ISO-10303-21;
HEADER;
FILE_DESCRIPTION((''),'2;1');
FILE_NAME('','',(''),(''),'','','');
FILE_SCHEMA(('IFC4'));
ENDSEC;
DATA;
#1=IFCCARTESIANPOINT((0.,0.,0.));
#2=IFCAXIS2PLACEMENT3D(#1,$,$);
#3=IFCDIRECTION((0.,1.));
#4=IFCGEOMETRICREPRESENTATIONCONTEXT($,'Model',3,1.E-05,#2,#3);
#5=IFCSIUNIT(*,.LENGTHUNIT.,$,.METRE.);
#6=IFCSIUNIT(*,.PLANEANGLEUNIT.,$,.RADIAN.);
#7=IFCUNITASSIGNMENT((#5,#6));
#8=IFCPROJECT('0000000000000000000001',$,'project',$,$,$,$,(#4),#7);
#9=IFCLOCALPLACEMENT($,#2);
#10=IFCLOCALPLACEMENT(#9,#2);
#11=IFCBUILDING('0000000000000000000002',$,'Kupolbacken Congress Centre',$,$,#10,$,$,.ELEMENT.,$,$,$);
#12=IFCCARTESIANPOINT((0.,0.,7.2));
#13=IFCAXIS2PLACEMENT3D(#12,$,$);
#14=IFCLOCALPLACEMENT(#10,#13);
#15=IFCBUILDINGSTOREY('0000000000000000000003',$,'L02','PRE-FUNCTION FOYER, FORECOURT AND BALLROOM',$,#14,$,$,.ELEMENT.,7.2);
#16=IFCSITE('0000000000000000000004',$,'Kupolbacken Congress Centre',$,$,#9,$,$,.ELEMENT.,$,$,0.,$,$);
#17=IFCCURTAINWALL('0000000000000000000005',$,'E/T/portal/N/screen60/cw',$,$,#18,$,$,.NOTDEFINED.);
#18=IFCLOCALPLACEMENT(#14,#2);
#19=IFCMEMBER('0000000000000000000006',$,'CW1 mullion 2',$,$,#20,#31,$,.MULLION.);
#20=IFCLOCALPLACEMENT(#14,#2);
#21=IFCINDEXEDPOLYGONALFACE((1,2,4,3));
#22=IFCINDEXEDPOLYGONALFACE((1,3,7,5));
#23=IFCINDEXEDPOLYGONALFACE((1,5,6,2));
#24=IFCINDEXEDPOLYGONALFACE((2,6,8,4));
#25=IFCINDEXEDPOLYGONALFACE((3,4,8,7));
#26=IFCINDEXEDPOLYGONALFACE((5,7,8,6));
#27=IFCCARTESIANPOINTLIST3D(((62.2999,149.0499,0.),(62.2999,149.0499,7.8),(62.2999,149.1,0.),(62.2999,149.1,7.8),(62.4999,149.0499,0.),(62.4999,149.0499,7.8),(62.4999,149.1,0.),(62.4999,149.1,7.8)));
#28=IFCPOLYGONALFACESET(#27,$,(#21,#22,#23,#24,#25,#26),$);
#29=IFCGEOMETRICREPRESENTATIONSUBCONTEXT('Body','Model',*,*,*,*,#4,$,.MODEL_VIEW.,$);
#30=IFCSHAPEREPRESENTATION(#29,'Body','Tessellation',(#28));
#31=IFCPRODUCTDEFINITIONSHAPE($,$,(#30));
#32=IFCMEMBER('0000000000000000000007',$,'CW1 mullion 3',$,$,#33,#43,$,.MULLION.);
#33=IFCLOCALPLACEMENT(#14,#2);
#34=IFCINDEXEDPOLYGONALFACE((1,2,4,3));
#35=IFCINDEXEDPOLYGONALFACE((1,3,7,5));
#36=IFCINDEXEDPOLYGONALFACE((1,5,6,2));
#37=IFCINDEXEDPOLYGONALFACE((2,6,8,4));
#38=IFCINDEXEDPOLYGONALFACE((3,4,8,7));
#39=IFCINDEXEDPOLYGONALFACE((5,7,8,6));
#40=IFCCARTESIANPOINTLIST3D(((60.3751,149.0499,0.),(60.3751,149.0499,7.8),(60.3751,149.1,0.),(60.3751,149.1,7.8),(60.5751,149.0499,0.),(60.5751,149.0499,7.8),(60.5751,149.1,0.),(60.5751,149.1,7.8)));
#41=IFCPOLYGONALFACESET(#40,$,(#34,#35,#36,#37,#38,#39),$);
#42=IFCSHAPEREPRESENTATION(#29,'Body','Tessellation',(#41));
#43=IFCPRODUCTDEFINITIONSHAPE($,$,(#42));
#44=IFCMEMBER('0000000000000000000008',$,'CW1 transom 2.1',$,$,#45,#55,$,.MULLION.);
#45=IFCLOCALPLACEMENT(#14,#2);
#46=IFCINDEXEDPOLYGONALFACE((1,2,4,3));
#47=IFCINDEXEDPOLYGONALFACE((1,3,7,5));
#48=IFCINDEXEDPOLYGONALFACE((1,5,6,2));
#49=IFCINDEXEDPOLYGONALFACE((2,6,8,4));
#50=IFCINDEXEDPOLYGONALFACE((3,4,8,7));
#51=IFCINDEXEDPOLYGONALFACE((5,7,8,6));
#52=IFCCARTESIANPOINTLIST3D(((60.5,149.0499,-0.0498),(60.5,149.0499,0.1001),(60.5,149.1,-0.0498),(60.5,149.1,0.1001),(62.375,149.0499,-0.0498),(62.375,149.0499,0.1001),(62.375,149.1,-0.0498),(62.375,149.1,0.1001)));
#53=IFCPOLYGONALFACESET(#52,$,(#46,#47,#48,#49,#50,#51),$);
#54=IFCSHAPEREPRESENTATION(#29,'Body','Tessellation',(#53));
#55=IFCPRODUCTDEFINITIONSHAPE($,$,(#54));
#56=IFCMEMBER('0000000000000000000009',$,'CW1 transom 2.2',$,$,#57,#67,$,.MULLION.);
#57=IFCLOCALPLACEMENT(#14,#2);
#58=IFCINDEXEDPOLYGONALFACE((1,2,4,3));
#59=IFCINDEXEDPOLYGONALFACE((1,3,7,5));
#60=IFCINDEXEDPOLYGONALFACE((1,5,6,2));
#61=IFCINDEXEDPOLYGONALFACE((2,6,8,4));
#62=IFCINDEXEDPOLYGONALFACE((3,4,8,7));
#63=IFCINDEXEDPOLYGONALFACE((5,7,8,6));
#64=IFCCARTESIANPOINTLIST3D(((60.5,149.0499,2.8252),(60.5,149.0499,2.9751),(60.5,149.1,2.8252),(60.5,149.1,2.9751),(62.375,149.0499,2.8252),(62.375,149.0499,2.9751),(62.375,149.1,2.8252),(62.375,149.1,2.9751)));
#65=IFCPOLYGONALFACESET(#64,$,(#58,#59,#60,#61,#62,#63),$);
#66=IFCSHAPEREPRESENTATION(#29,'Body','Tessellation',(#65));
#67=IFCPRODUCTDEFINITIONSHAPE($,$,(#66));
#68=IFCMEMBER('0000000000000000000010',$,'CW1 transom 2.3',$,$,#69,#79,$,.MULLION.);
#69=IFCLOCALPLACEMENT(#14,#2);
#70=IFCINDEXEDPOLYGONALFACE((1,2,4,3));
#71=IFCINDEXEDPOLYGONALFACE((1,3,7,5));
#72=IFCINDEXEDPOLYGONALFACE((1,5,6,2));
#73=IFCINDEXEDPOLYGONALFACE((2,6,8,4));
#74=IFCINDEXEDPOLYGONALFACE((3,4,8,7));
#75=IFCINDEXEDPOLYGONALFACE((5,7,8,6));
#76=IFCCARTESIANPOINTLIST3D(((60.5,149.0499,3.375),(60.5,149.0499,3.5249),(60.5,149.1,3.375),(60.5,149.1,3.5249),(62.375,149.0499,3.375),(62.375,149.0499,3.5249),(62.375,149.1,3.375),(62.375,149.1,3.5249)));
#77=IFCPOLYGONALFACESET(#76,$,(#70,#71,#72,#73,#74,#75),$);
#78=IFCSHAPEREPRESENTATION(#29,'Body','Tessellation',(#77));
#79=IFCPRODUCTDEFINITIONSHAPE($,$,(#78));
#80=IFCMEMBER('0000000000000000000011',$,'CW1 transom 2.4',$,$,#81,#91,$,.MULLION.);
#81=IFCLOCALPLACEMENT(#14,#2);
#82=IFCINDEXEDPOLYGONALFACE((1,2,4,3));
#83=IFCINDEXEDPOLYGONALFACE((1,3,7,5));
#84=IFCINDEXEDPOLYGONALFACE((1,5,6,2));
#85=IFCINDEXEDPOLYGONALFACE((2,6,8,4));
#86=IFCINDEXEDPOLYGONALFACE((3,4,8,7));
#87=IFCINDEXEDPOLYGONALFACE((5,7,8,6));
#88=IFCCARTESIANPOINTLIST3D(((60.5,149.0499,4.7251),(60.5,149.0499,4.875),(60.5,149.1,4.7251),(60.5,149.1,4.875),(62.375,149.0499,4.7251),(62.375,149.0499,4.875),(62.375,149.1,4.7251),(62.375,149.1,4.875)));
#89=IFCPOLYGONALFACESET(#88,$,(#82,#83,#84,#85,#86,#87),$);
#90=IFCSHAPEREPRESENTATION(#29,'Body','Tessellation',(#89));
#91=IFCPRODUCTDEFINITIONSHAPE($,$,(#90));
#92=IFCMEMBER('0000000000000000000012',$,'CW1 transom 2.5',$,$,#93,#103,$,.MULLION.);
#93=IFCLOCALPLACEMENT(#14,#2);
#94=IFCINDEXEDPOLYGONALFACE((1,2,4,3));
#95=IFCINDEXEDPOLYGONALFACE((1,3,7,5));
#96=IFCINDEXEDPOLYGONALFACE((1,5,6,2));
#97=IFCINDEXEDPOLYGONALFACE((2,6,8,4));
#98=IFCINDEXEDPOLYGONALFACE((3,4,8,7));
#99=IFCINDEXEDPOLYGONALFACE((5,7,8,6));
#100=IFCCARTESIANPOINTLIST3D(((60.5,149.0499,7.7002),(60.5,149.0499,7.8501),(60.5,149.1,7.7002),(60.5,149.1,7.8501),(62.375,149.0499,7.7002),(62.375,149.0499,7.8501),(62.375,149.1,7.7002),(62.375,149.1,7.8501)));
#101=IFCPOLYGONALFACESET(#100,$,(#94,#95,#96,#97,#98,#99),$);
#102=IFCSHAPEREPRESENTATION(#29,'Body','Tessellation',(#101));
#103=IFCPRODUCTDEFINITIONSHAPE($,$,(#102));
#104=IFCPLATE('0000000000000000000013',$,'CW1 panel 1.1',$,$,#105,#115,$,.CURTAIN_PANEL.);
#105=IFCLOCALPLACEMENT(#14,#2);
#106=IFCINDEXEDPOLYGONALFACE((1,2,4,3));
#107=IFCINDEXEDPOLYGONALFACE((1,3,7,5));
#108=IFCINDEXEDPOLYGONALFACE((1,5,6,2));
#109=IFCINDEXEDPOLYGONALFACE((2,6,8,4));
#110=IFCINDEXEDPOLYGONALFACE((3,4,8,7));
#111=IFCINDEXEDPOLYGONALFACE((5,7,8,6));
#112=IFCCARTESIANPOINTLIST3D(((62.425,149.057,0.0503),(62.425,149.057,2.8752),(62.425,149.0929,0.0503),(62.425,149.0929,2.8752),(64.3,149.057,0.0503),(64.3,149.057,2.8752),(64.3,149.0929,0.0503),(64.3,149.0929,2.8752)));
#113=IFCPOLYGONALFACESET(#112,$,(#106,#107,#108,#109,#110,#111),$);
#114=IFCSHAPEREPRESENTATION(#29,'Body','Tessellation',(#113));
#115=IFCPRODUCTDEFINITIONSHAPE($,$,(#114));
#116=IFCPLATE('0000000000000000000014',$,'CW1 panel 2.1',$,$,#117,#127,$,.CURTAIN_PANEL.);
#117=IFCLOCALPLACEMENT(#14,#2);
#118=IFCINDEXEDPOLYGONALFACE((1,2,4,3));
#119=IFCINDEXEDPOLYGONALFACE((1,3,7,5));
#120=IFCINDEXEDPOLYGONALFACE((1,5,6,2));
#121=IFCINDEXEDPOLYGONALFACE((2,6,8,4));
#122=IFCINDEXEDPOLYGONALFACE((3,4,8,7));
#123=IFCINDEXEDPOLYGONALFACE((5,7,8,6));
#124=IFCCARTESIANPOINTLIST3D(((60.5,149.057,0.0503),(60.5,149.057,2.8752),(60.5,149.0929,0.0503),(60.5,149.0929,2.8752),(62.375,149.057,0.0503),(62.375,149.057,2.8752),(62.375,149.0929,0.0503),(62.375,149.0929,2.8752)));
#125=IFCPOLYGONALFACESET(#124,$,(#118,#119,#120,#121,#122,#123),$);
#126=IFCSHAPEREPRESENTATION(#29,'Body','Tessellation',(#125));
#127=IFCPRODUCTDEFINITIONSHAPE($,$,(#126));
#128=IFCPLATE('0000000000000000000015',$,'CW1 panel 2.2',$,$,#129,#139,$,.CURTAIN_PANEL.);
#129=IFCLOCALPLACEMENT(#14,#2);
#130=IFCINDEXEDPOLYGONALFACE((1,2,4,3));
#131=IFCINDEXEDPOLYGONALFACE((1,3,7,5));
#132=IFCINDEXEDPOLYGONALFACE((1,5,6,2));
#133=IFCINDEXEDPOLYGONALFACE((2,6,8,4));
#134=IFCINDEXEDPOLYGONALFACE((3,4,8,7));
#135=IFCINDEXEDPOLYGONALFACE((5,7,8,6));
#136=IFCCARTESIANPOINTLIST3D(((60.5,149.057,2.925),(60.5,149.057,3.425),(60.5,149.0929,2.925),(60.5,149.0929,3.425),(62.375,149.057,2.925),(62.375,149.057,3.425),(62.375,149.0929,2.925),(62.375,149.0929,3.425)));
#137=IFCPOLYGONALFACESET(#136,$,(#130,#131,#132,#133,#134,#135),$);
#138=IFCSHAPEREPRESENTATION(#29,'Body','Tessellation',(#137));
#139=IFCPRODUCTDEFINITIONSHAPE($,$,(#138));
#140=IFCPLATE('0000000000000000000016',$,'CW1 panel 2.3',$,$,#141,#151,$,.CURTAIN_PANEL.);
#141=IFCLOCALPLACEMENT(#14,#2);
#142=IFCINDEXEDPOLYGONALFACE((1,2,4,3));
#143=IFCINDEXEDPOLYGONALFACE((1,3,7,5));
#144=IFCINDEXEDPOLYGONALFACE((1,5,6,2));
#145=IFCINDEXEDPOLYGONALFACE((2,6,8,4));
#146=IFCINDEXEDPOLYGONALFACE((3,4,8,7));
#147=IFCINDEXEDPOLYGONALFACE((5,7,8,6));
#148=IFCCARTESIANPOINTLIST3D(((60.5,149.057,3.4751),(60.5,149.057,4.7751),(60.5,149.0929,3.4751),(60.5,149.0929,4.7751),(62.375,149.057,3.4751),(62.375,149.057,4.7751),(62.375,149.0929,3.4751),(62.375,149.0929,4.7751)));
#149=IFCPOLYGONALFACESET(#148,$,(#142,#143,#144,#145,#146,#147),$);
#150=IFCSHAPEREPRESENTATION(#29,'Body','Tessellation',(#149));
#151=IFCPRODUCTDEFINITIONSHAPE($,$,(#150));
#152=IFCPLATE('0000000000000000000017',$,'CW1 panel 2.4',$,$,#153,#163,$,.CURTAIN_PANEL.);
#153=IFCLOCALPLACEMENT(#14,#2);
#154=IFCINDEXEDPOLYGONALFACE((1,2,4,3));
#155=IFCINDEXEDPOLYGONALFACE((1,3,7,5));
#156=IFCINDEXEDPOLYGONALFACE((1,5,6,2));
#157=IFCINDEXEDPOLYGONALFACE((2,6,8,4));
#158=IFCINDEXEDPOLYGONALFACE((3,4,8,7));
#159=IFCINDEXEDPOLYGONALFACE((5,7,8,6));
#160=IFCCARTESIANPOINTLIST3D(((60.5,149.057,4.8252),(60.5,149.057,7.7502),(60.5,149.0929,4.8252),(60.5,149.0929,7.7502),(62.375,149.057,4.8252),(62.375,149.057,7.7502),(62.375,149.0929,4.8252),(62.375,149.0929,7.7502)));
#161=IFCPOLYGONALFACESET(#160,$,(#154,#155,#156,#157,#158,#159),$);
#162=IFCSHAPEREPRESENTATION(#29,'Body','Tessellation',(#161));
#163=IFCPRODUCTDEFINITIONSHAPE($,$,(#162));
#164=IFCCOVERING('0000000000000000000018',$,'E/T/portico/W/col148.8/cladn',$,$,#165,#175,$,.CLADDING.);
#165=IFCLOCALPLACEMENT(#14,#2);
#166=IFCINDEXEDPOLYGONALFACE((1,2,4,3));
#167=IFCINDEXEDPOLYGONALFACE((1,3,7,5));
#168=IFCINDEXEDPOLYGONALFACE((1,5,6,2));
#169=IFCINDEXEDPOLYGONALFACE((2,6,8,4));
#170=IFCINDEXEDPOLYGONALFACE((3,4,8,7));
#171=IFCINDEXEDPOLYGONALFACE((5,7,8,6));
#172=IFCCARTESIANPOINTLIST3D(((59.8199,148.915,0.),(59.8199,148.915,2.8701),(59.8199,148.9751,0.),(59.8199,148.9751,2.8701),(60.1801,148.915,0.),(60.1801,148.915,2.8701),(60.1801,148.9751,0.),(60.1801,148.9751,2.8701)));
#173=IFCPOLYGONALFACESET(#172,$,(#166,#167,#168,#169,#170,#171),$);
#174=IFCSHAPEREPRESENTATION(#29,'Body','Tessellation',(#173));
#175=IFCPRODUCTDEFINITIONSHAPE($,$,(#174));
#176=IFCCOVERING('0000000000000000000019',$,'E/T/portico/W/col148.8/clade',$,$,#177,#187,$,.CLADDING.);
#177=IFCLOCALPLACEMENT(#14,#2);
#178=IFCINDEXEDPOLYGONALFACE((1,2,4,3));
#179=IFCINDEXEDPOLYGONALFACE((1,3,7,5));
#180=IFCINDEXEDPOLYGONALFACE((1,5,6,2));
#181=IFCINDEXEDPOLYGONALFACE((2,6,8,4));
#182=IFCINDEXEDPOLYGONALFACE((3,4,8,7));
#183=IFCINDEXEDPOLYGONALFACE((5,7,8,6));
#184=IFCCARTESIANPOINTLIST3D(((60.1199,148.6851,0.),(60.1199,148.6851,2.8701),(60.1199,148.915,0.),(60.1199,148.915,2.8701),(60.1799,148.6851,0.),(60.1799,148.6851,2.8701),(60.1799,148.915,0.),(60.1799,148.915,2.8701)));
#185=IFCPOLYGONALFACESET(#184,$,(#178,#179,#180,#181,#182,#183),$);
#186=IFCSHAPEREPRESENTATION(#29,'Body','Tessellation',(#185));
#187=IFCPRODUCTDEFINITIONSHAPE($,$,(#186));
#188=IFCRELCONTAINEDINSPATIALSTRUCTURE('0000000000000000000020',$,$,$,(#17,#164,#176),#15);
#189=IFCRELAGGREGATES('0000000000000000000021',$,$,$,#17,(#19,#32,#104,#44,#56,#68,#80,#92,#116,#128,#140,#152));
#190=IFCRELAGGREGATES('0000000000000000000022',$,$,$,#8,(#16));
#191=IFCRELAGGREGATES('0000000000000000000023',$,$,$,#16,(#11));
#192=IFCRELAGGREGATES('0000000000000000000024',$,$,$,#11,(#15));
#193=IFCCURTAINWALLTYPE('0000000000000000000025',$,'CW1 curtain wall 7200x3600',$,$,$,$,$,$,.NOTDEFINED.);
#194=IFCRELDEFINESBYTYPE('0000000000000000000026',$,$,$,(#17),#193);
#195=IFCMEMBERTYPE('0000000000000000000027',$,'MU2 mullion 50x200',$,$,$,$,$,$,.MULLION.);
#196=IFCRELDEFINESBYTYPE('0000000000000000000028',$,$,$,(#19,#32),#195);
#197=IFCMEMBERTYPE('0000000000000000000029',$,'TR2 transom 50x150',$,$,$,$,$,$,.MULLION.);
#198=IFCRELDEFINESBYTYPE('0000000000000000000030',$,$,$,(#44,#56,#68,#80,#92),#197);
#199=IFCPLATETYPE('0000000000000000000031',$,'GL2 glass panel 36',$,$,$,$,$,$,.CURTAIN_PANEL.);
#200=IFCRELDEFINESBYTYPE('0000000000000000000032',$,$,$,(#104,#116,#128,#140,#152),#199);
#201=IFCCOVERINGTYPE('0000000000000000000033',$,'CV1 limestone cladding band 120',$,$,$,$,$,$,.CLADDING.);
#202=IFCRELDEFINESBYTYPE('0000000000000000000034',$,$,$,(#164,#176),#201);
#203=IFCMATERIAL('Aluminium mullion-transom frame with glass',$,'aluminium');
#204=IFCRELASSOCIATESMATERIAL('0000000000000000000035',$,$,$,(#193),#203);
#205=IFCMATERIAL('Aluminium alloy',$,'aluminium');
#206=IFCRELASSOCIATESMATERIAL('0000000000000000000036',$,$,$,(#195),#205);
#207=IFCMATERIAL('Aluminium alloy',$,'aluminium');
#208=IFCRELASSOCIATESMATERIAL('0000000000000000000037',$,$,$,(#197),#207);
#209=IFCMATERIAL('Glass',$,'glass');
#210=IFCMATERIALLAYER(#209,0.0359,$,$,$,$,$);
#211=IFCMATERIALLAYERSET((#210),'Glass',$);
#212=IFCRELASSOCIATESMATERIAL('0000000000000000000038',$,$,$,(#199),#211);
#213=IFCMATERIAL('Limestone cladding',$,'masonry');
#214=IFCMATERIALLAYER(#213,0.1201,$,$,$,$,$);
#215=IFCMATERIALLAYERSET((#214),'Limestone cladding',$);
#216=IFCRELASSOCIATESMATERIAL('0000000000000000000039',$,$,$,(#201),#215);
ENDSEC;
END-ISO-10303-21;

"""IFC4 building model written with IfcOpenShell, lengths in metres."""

from ifc_helpers import new_model, si_unit, direction, frame, origin, origin_2d, place, context, subcontext, project, spatial, rectangle, extrude, material, layer, layer_set, material_profile, profile_set, type_object, element, aggregate, save


model = new_model("IFC4")

# Units and contexts
model_context = context("Model", 3, precision=1e-05, world=origin(), true_north=direction((0.0, 1.0)))
body_context = subcontext(model_context, "Body", "Model", "MODEL_VIEW")
ifc_project = project(units=[si_unit("LENGTHUNIT", "METRE"), si_unit("PLANEANGLEUNIT", "RADIAN")], contexts=[model_context])

# Site, building, storey
site_placement = place(None, origin())
site = spatial("IfcSite", under=ifc_project, at=site_placement, Name="Kupolbacken Congress Centre", CompositionType="ELEMENT", RefElevation=0.0)
building_placement = place(site_placement, origin())
building = spatial("IfcBuilding", under=site, at=building_placement, Name="Kupolbacken Congress Centre", CompositionType="ELEMENT")
storey_placement = place(building_placement, frame((0.0, 0.0, 7.2)))
storey = spatial("IfcBuildingStorey", under=building, at=storey_placement, Name="L02", Description="PRE-FUNCTION FOYER, FORECOURT AND BALLROOM", CompositionType="ELEMENT", Elevation=7.2)

# Curtain wall, members, plates
ifc_material_1 = material(Name="Aluminium mullion-transom frame with glass", Category="aluminium")
curtain_wall_type = type_object("IfcCurtainWallType", Name="CW1 curtain wall 7200x3600", PredefinedType="NOTDEFINED", material=ifc_material_1)
curtain_wall_placement = place(storey_placement, origin())
curtain_wall = element("IfcCurtainWall", 1, at=curtain_wall_placement, inside=storey, type_object=curtain_wall_type, Name="E/T/portal/N/screen60/cw", PredefinedType="NOTDEFINED")
ifc_material_2 = material(Name="Aluminium alloy", Category="aluminium")
ifc_material_profile_1 = material_profile(ifc_material_2, rectangle(XDim=0.05, YDim=0.2, at=origin_2d()), Name="50 x 200")
ifc_profile_set_1 = profile_set([ifc_material_profile_1], Name="Aluminium alloy")
member_type_1 = type_object("IfcMemberType", Name="MU2 mullion 50x200", PredefinedType="MULLION", material=ifc_profile_set_1)
member_1_placement = place(storey_placement, frame((62.3999, 149.075, 0.0), z_axis=(0.0, 0.0, 1.0), x_axis=(0.0, -1.0, 0.0)))
member_1 = element("IfcMember", 2, at=member_1_placement, type_object=member_type_1, Name="CW1 mullion 2", PredefinedType="MULLION", context=body_context, shape_type="SweptSolid", body=[
    extrude(rectangle(XDim=0.05, YDim=0.2, at=origin_2d()), origin(), (0.0, 0.0, 1.0), 7.8),
])
member_2_placement = place(storey_placement, frame((60.4751, 149.075, 0.0), z_axis=(0.0, 0.0, 1.0), x_axis=(0.0, -1.0, 0.0)))
member_2 = element("IfcMember", 3, at=member_2_placement, type_object=member_type_1, Name="CW1 mullion 3", PredefinedType="MULLION", context=body_context, shape_type="SweptSolid", body=[
    extrude(rectangle(XDim=0.05, YDim=0.2, at=origin_2d()), origin(), (0.0, 0.0, 1.0), 7.8),
])
ifc_material_3 = material(Name="Aluminium alloy", Category="aluminium")
ifc_material_profile_2 = material_profile(ifc_material_3, rectangle(XDim=0.05, YDim=0.1499, at=origin_2d()), Name="50 x 150")
ifc_profile_set_2 = profile_set([ifc_material_profile_2], Name="Aluminium alloy")
member_type_2 = type_object("IfcMemberType", Name="TR2 transom 50x150", PredefinedType="MULLION", material=ifc_profile_set_2)
member_3_placement = place(storey_placement, frame((62.375, 149.075, 0.0251), z_axis=(-1.0, 0.0, 0.0), x_axis=(0.0, -1.0, 0.0)))
member_3 = element("IfcMember", 4, at=member_3_placement, type_object=member_type_2, Name="CW1 transom 2.1", PredefinedType="MULLION", context=body_context, shape_type="SweptSolid", body=[
    extrude(rectangle(XDim=0.05, YDim=0.1499, at=origin_2d()), origin(), (0.0, 0.0, 1.0), 1.875),
])
member_4_placement = place(storey_placement, frame((62.375, 149.075, 2.9001), z_axis=(-1.0, 0.0, 0.0), x_axis=(0.0, -1.0, 0.0)))
member_4 = element("IfcMember", 5, at=member_4_placement, type_object=member_type_2, Name="CW1 transom 2.2", PredefinedType="MULLION", context=body_context, shape_type="SweptSolid", body=[
    extrude(rectangle(XDim=0.05, YDim=0.1499, at=origin_2d()), origin(), (0.0, 0.0, 1.0), 1.875),
])
member_5_placement = place(storey_placement, frame((62.375, 149.075, 3.45), z_axis=(-1.0, 0.0, 0.0), x_axis=(0.0, -1.0, 0.0)))
member_5 = element("IfcMember", 6, at=member_5_placement, type_object=member_type_2, Name="CW1 transom 2.3", PredefinedType="MULLION", context=body_context, shape_type="SweptSolid", body=[
    extrude(rectangle(XDim=0.05, YDim=0.1499, at=origin_2d()), origin(), (0.0, 0.0, 1.0), 1.875),
])
member_6_placement = place(storey_placement, frame((62.375, 149.075, 4.8), z_axis=(-1.0, 0.0, 0.0), x_axis=(0.0, -1.0, 0.0)))
member_6 = element("IfcMember", 7, at=member_6_placement, type_object=member_type_2, Name="CW1 transom 2.4", PredefinedType="MULLION", context=body_context, shape_type="SweptSolid", body=[
    extrude(rectangle(XDim=0.05, YDim=0.1499, at=origin_2d()), origin(), (0.0, 0.0, 1.0), 1.875),
])
member_7_placement = place(storey_placement, frame((62.375, 149.075, 7.7751), z_axis=(-1.0, 0.0, 0.0), x_axis=(0.0, -1.0, 0.0)))
member_7 = element("IfcMember", 8, at=member_7_placement, type_object=member_type_2, Name="CW1 transom 2.5", PredefinedType="MULLION", context=body_context, shape_type="SweptSolid", body=[
    extrude(rectangle(XDim=0.05, YDim=0.1499, at=origin_2d()), origin(), (0.0, 0.0, 1.0), 1.875),
])
ifc_material_4 = material(Name="Glass", Category="glass")
ifc_layer_1 = layer(ifc_material_4, 0.0359)
ifc_layer_set_1 = layer_set([ifc_layer_1], Name="Glass")
plate_type = type_object("IfcPlateType", Name="GL2 glass panel 36", PredefinedType="CURTAIN_PANEL", material=ifc_layer_set_1)
plate_1_placement = place(storey_placement, frame((63.3625, 149.075, 0.0503), z_axis=(0.0, 0.0, 1.0), x_axis=(-1.0, 0.0, 0.0)))
plate_1 = element("IfcPlate", 9, at=plate_1_placement, type_object=plate_type, Name="CW1 panel 1.1", PredefinedType="CURTAIN_PANEL", context=body_context, shape_type="SweptSolid", body=[
    extrude(rectangle(XDim=1.875, YDim=0.0359, at=origin_2d()), origin(), (0.0, 0.0, 1.0), 2.825),
])
plate_2_placement = place(storey_placement, frame((61.4375, 149.075, 0.0503), z_axis=(0.0, 0.0, 1.0), x_axis=(-1.0, 0.0, 0.0)))
plate_2 = element("IfcPlate", 10, at=plate_2_placement, type_object=plate_type, Name="CW1 panel 2.1", PredefinedType="CURTAIN_PANEL", context=body_context, shape_type="SweptSolid", body=[
    extrude(rectangle(XDim=1.875, YDim=0.0359, at=origin_2d()), origin(), (0.0, 0.0, 1.0), 2.825),
])
plate_3_placement = place(storey_placement, frame((61.4375, 149.075, 2.925), z_axis=(0.0, 0.0, 1.0), x_axis=(-1.0, 0.0, 0.0)))
plate_3 = element("IfcPlate", 11, at=plate_3_placement, type_object=plate_type, Name="CW1 panel 2.2", PredefinedType="CURTAIN_PANEL", context=body_context, shape_type="SweptSolid", body=[
    extrude(rectangle(XDim=1.875, YDim=0.0359, at=origin_2d()), origin(), (0.0, 0.0, 1.0), 0.5),
])
plate_4_placement = place(storey_placement, frame((61.4375, 149.075, 3.4751), z_axis=(0.0, 0.0, 1.0), x_axis=(-1.0, 0.0, 0.0)))
plate_4 = element("IfcPlate", 12, at=plate_4_placement, type_object=plate_type, Name="CW1 panel 2.3", PredefinedType="CURTAIN_PANEL", context=body_context, shape_type="SweptSolid", body=[
    extrude(rectangle(XDim=1.875, YDim=0.0359, at=origin_2d()), origin(), (0.0, 0.0, 1.0), 1.3),
])
plate_5_placement = place(storey_placement, frame((61.4375, 149.075, 4.8252), z_axis=(0.0, 0.0, 1.0), x_axis=(-1.0, 0.0, 0.0)))
plate_5 = element("IfcPlate", 13, at=plate_5_placement, type_object=plate_type, Name="CW1 panel 2.4", PredefinedType="CURTAIN_PANEL", context=body_context, shape_type="SweptSolid", body=[
    extrude(rectangle(XDim=1.875, YDim=0.0359, at=origin_2d()), origin(), (0.0, 0.0, 1.0), 2.925),
])
aggregate(curtain_wall, [member_1, member_2, plate_1, member_3, member_4, member_5, member_6, member_7, plate_2, plate_3, plate_4, plate_5])

# Coverings
ifc_material_5 = material(Name="Limestone cladding", Category="masonry")
ifc_layer_2 = layer(ifc_material_5, 0.1201)
ifc_layer_set_2 = layer_set([ifc_layer_2], Name="Limestone cladding")
covering_type_1 = type_object("IfcCoveringType", Name="CV1 limestone cladding band 120", PredefinedType="CLADDING", material=ifc_layer_set_2)
covering_1_placement = place(storey_placement, frame((60.0, 148.9451, 0.0), z_axis=(0.0, 0.0, 1.0), x_axis=(1.0, 0.0, 0.0)))
element("IfcCovering", 14, at=covering_1_placement, inside=storey, type_object=covering_type_1, Name="E/T/portico/W/col148.8/cladn", PredefinedType="CLADDING", context=body_context, shape_type="SweptSolid", body=[
    extrude(rectangle(XDim=0.3601, YDim=0.0601, at=origin_2d()), origin(), (0.0, 0.0, 1.0), 2.8701),
])
covering_2_placement = place(storey_placement, frame((60.1499, 148.8, 0.0), z_axis=(0.0, 0.0, 1.0), x_axis=(1.0, 0.0, 0.0)))
element("IfcCovering", 15, at=covering_2_placement, inside=storey, type_object=covering_type_1, Name="E/T/portico/W/col148.8/clade", PredefinedType="CLADDING", context=body_context, shape_type="SweptSolid", body=[
    extrude(rectangle(XDim=0.0601, YDim=0.23, at=origin_2d()), origin(), (0.0, 0.0, 1.0), 2.8701),
])

save(model, "model.ifc")
